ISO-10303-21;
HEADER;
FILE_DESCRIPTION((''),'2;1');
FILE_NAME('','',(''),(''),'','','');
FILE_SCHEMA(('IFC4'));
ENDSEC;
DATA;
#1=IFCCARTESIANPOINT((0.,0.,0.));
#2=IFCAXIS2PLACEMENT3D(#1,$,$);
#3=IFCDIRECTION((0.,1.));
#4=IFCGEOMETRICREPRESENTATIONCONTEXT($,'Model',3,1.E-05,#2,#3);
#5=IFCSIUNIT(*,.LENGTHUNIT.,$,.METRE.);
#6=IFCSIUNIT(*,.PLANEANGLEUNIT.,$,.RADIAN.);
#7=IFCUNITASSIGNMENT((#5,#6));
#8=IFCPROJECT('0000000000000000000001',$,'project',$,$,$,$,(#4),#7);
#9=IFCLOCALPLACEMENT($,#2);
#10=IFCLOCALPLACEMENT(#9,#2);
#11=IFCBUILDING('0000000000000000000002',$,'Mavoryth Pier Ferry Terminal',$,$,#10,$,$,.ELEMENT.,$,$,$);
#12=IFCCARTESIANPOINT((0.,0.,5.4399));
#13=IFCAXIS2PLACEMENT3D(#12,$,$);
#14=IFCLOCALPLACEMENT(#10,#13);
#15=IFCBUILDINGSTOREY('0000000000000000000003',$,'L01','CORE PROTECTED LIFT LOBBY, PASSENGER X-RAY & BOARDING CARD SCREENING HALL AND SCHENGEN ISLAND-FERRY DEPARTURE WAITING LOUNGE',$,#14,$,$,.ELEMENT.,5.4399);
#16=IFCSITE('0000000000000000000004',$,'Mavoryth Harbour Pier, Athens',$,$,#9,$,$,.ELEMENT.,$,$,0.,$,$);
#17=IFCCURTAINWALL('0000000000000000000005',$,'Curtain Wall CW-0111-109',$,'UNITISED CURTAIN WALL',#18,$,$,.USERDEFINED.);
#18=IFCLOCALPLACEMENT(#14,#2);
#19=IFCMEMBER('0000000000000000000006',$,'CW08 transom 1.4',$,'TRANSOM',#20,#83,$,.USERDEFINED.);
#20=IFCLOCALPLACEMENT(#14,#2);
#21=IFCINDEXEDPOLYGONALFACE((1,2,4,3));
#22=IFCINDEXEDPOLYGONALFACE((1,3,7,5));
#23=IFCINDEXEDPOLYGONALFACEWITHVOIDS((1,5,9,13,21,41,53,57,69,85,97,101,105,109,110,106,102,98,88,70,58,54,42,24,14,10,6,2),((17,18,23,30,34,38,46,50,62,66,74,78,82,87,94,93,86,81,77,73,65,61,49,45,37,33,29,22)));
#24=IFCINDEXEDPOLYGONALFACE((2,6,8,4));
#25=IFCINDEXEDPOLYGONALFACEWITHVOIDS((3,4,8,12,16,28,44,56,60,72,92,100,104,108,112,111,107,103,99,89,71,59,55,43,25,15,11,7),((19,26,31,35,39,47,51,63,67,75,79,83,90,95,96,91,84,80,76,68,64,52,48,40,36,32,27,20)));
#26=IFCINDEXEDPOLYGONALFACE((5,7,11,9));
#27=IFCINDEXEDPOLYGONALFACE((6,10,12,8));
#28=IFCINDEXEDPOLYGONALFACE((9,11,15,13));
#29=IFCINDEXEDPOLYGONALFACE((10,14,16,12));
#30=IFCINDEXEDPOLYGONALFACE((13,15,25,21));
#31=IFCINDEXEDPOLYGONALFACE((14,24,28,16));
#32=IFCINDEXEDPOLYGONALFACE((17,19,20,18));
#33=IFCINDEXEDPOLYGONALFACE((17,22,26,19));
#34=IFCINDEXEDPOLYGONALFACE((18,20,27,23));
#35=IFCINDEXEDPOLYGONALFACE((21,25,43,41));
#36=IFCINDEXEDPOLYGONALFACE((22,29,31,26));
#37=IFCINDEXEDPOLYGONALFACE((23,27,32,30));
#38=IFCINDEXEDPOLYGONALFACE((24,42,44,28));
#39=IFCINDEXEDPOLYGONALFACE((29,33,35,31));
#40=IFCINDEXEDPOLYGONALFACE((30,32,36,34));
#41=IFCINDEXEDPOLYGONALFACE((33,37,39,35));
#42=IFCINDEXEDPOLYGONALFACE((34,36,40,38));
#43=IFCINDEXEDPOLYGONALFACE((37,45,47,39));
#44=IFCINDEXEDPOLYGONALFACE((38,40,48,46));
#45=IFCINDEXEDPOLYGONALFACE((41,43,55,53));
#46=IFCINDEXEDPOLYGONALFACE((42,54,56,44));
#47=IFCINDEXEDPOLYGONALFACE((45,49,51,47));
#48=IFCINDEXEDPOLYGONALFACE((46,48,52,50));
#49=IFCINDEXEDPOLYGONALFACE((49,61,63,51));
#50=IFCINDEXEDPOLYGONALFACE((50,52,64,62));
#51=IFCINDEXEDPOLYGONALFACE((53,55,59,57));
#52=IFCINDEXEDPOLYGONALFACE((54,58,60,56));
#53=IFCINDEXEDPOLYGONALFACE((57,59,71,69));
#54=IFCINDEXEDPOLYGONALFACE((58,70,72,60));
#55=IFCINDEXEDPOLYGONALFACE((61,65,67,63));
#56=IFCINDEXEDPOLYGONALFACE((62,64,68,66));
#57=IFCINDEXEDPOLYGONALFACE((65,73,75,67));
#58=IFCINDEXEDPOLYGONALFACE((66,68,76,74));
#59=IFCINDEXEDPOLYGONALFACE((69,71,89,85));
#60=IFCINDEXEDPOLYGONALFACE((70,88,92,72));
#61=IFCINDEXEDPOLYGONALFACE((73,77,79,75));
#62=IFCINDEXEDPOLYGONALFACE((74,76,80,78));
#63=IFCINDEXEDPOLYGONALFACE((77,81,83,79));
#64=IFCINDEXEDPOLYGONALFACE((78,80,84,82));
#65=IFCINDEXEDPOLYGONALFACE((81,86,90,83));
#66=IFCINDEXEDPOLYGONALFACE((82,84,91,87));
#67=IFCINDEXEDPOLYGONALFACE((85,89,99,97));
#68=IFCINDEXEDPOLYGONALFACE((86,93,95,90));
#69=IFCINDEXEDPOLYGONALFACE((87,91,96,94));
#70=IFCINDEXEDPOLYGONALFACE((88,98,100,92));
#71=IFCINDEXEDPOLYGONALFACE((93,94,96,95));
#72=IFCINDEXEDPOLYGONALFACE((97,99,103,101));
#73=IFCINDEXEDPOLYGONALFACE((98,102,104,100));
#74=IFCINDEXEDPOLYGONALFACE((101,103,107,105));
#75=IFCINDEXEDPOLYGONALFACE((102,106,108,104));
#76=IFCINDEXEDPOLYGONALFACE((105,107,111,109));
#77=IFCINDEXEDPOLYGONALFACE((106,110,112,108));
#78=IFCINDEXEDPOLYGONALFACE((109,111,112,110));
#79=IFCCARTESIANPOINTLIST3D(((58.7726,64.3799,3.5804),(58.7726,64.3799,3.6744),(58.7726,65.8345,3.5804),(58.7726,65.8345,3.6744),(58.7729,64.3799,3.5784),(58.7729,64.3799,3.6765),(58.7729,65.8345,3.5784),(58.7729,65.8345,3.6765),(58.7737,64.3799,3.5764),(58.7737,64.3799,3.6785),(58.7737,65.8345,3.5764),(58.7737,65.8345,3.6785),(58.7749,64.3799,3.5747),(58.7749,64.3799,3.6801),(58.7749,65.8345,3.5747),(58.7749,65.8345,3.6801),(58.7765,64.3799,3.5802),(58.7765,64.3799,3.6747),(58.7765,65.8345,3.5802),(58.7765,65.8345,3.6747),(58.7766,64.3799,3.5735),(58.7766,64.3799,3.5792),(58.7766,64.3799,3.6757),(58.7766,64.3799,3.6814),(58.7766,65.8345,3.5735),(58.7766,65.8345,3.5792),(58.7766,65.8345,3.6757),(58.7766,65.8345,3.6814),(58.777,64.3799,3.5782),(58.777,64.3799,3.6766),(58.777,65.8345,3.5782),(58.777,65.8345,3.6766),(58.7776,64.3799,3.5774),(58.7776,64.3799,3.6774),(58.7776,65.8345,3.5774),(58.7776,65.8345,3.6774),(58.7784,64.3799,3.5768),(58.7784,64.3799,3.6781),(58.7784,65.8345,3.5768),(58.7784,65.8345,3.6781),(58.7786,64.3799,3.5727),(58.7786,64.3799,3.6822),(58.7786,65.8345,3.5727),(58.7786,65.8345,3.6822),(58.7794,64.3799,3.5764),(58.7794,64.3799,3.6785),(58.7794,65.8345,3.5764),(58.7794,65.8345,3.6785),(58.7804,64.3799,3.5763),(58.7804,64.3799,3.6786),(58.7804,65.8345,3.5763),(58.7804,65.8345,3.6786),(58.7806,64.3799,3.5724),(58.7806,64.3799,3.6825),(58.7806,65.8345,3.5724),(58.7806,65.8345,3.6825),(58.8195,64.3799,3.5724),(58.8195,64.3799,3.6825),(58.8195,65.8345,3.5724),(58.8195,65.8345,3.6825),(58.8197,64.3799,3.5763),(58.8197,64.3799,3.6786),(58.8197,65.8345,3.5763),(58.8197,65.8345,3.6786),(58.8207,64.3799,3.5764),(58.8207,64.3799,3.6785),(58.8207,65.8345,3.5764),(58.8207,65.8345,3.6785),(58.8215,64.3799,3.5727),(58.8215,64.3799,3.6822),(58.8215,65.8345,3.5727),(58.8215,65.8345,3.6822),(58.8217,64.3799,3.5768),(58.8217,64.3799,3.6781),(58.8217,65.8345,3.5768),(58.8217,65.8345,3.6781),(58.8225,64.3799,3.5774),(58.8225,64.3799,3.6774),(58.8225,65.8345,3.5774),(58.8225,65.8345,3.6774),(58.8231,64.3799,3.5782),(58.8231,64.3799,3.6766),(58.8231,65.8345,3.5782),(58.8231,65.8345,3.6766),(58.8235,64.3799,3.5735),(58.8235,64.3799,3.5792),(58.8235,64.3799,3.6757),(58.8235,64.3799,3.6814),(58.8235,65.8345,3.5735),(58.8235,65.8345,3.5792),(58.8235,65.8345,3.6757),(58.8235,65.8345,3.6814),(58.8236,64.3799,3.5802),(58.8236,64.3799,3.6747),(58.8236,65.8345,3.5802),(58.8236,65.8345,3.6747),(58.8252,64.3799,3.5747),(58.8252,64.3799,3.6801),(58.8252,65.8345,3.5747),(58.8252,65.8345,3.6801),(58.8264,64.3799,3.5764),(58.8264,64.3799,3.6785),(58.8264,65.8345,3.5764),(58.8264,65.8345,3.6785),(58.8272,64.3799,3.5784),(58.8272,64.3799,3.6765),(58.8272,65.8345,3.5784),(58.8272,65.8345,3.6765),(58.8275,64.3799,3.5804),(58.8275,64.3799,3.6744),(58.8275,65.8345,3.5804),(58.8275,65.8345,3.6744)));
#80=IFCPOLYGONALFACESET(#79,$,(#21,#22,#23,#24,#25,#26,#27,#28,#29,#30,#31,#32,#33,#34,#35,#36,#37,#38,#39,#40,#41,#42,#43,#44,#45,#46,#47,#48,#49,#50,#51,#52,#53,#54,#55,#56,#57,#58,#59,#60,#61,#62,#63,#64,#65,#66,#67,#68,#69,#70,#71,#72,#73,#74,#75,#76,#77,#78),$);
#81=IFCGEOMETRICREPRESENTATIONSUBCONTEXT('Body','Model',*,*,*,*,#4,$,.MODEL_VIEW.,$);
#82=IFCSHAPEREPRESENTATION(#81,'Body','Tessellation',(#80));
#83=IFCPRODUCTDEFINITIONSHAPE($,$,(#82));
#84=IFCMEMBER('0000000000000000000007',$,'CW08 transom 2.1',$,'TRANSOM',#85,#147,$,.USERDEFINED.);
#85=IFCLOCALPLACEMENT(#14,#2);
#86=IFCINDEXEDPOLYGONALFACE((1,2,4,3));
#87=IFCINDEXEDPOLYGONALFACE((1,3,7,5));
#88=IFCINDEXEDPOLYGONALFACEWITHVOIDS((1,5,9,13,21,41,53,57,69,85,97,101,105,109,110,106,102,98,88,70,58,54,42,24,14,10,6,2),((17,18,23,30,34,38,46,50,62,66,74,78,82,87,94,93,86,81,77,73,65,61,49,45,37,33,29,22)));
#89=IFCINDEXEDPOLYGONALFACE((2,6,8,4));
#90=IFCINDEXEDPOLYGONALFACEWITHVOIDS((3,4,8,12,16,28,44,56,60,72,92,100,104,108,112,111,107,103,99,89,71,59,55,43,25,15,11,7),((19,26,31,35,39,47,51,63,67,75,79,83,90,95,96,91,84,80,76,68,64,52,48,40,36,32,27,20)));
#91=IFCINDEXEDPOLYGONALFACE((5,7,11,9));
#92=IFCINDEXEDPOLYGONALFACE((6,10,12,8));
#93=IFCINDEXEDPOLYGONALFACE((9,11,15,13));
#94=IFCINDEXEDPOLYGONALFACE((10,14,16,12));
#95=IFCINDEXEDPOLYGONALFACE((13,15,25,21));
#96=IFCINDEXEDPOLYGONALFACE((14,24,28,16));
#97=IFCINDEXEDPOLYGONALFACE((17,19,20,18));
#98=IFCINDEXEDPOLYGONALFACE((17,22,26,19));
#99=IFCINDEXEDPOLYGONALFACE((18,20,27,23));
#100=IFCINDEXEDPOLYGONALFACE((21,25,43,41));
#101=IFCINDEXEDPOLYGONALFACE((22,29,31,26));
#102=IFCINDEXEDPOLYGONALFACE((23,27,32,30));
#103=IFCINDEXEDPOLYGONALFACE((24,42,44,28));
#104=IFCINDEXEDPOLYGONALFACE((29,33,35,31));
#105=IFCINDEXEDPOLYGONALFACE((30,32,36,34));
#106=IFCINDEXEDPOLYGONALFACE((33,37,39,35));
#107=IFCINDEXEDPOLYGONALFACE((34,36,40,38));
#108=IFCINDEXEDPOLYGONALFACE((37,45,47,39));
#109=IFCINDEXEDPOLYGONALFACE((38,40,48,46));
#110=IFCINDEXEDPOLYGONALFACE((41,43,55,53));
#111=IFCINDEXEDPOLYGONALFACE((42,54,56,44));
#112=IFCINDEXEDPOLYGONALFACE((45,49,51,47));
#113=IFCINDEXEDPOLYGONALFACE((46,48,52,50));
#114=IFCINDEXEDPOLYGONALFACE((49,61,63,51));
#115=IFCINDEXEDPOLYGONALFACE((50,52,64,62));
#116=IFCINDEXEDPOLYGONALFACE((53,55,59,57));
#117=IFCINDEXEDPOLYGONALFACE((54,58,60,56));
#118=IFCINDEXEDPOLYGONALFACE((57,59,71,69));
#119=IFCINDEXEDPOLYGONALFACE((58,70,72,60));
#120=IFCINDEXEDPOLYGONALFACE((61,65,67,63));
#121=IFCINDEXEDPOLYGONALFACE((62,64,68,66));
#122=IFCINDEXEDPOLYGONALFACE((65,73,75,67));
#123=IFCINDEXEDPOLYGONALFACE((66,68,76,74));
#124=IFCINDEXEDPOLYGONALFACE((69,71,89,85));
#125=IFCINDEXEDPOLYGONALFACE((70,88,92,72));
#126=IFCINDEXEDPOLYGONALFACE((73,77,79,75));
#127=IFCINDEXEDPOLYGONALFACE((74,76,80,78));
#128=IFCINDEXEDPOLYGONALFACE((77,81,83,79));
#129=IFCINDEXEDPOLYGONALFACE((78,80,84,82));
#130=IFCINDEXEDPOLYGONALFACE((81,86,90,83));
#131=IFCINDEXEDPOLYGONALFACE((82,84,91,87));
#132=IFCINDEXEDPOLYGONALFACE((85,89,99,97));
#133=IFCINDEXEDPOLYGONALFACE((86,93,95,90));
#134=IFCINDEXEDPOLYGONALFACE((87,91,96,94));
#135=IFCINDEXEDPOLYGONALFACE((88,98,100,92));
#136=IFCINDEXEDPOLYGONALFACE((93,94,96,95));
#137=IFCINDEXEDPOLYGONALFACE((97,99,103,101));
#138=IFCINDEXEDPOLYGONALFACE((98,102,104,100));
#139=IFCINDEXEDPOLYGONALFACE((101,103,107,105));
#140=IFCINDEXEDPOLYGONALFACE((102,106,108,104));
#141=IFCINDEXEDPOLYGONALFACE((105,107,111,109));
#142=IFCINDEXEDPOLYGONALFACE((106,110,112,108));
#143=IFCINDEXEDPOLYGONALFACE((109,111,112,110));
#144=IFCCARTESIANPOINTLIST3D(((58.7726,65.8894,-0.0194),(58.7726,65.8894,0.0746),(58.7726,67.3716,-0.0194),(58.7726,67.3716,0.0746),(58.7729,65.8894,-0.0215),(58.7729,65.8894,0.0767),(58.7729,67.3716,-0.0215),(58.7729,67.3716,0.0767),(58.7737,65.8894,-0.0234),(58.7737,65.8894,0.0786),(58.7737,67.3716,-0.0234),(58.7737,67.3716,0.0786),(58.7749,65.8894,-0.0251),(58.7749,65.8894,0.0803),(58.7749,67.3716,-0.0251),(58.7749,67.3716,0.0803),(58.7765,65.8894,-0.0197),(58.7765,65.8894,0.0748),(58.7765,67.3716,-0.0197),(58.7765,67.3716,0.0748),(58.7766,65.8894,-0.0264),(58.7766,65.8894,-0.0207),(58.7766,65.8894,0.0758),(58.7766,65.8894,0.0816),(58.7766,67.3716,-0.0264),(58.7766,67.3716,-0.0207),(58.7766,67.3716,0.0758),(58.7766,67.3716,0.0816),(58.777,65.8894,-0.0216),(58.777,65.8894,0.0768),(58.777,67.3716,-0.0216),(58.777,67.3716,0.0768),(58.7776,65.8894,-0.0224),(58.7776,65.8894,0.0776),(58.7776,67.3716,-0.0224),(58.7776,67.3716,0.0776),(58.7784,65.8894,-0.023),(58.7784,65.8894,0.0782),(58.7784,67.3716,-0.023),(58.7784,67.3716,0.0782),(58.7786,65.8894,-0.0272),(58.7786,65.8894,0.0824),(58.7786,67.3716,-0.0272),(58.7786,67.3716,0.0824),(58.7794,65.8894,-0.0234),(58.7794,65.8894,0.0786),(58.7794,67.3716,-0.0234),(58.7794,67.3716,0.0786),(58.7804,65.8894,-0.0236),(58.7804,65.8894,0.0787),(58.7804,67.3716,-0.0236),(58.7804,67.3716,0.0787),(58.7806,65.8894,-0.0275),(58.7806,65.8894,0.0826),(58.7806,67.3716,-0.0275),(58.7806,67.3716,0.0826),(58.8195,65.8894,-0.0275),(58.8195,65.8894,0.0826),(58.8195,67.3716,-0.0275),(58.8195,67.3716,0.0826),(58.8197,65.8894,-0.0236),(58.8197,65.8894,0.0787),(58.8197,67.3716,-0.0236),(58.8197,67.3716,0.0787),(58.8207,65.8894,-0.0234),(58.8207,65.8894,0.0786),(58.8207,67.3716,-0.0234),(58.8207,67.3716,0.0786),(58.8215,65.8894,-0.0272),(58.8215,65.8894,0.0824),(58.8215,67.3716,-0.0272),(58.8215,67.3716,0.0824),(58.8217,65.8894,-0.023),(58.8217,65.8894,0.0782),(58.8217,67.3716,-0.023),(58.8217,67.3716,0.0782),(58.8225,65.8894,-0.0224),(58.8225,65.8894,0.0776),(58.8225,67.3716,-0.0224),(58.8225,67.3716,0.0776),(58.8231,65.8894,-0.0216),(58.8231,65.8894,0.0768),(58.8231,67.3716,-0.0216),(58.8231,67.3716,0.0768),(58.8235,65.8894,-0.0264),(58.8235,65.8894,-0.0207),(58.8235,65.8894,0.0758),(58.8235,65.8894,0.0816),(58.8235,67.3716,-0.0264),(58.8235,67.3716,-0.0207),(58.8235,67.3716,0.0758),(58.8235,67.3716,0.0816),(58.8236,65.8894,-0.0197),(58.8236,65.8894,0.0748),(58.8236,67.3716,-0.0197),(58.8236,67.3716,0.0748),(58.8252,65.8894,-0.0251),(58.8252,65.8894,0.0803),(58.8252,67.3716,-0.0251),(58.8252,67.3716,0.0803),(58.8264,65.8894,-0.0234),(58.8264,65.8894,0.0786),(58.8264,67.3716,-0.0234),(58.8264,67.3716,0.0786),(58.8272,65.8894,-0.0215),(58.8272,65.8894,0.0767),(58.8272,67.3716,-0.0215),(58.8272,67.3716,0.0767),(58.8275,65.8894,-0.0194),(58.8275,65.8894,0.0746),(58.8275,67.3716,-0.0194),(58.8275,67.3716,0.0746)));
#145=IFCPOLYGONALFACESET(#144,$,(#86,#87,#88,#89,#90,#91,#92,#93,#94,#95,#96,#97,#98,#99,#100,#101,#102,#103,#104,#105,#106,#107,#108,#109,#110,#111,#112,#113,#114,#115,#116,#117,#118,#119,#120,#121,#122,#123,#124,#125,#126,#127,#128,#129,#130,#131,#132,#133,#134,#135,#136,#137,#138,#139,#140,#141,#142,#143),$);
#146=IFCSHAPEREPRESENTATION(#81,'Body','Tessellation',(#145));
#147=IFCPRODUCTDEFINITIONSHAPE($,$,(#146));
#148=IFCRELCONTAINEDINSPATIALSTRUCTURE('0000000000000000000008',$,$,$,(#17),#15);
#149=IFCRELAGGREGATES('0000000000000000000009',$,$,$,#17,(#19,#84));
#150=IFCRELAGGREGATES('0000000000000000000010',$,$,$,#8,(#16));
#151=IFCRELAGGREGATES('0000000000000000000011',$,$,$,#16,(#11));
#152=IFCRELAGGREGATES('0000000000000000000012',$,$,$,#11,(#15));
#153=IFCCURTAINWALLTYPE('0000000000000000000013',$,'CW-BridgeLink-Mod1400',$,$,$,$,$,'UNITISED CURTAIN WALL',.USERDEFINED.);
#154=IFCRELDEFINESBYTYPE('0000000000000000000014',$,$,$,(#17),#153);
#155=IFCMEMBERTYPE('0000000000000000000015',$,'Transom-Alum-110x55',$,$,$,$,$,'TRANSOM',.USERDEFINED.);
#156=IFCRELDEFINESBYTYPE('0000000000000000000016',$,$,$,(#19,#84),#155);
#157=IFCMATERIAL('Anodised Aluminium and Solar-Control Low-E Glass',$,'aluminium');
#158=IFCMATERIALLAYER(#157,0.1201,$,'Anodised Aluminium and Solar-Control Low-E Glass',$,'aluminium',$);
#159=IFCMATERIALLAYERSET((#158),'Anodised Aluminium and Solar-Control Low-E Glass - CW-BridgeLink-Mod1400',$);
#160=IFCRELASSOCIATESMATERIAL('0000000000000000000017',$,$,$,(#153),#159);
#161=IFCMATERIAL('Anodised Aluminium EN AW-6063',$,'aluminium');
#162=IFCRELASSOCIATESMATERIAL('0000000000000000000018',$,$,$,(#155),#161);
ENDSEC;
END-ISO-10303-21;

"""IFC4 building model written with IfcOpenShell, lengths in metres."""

from ifc_helpers import new_model, si_unit, direction, frame, origin, origin_2d, place, context, subcontext, project, spatial, hollow_rectangle, extrude, material, layer, layer_set, material_profile, profile_set, type_object, element, aggregate, save


model = new_model("IFC4")

# Units and contexts
model_context = context("Model", 3, precision=1e-05, world=origin(), true_north=direction((0.0, 1.0)))
body_context = subcontext(model_context, "Body", "Model", "MODEL_VIEW")
ifc_project = project(units=[si_unit("LENGTHUNIT", "METRE"), si_unit("PLANEANGLEUNIT", "RADIAN")], contexts=[model_context])

# Site, building, storey
site_placement = place(None, origin())
site = spatial("IfcSite", under=ifc_project, at=site_placement, Name="Mavoryth Harbour Pier, Athens", CompositionType="ELEMENT", RefElevation=0.0)
building_placement = place(site_placement, origin())
building = spatial("IfcBuilding", under=site, at=building_placement, Name="Mavoryth Pier Ferry Terminal", CompositionType="ELEMENT")
storey_placement = place(building_placement, frame((0.0, 0.0, 5.4399)))
storey = spatial("IfcBuildingStorey", under=building, at=storey_placement, Name="L01", Description="CORE PROTECTED LIFT LOBBY, PASSENGER X-RAY & BOARDING CARD SCREENING HALL AND SCHENGEN ISLAND-FERRY DEPARTURE WAITING LOUNGE", CompositionType="ELEMENT", Elevation=5.4399)

# Curtain wall
ifc_material_1 = material(Name="Anodised Aluminium and Solar-Control Low-E Glass", Category="aluminium")
ifc_layer_1 = layer(ifc_material_1, 0.1201, Name="Anodised Aluminium and Solar-Control Low-E Glass", Category="aluminium")
ifc_layer_set_1 = layer_set([ifc_layer_1], Name="Anodised Aluminium and Solar-Control Low-E Glass - CW-BridgeLink-Mod1400")
curtain_wall_type = type_object("IfcCurtainWallType", Name="CW-BridgeLink-Mod1400", ElementType="UNITISED CURTAIN WALL", PredefinedType="USERDEFINED", material=ifc_layer_set_1)
ifc_material_2 = material(Name="Anodised Aluminium EN AW-6063", Category="aluminium")
curtain_wall_1_placement = place(storey_placement, origin())
curtain_wall_1 = element("IfcCurtainWall", 1, at=curtain_wall_1_placement, inside=storey, type_object=curtain_wall_type, Name="Curtain Wall CW-0111-109", ObjectType="UNITISED CURTAIN WALL", PredefinedType="USERDEFINED")

# Members
ifc_material_profile_1 = material_profile(ifc_material_2, hollow_rectangle(XDim=0.0549, YDim=0.1101, WallThickness=0.0039, InnerFilletRadius=0.0039, OuterFilletRadius=0.0081, at=origin_2d()), Name="AL-TRAN 110x55x4", Category="aluminium")
ifc_profile_set_1 = profile_set([ifc_material_profile_1], Name="Anodised Aluminium EN AW-6063 - AL-TRAN 110x55x4")
member_type_1 = type_object("IfcMemberType", Name="Transom-Alum-110x55", ElementType="TRANSOM", PredefinedType="USERDEFINED", material=ifc_profile_set_1)
member_1_placement = place(storey_placement, frame((58.8, 64.3799, 3.6274), z_axis=(0.0, 1.0, 0.0), x_axis=(-1.0, 0.0, 0.0)))
member_1 = element("IfcMember", 2, at=member_1_placement, type_object=member_type_1, Name="CW08 transom 1.4", ObjectType="TRANSOM", PredefinedType="USERDEFINED", context=body_context, shape_type="SweptSolid", body=[
    extrude(hollow_rectangle(XDim=0.0549, YDim=0.1101, WallThickness=0.0039, InnerFilletRadius=0.0039, OuterFilletRadius=0.0081, at=origin_2d()), origin(), (0.0, 0.0, 1.0), 1.4546),
])
member_2_placement = place(storey_placement, frame((58.8, 65.8894, 0.0276), z_axis=(0.0, 1.0, 0.0), x_axis=(-1.0, 0.0, 0.0)))
member_2 = element("IfcMember", 3, at=member_2_placement, type_object=member_type_1, Name="CW08 transom 2.1", ObjectType="TRANSOM", PredefinedType="USERDEFINED", context=body_context, shape_type="SweptSolid", body=[
    extrude(hollow_rectangle(XDim=0.0549, YDim=0.1101, WallThickness=0.0039, InnerFilletRadius=0.0039, OuterFilletRadius=0.0081, at=origin_2d()), origin(), (0.0, 0.0, 1.0), 1.4822),
])

aggregate(curtain_wall_1, [member_1, member_2])

save(model, "model.ifc")
